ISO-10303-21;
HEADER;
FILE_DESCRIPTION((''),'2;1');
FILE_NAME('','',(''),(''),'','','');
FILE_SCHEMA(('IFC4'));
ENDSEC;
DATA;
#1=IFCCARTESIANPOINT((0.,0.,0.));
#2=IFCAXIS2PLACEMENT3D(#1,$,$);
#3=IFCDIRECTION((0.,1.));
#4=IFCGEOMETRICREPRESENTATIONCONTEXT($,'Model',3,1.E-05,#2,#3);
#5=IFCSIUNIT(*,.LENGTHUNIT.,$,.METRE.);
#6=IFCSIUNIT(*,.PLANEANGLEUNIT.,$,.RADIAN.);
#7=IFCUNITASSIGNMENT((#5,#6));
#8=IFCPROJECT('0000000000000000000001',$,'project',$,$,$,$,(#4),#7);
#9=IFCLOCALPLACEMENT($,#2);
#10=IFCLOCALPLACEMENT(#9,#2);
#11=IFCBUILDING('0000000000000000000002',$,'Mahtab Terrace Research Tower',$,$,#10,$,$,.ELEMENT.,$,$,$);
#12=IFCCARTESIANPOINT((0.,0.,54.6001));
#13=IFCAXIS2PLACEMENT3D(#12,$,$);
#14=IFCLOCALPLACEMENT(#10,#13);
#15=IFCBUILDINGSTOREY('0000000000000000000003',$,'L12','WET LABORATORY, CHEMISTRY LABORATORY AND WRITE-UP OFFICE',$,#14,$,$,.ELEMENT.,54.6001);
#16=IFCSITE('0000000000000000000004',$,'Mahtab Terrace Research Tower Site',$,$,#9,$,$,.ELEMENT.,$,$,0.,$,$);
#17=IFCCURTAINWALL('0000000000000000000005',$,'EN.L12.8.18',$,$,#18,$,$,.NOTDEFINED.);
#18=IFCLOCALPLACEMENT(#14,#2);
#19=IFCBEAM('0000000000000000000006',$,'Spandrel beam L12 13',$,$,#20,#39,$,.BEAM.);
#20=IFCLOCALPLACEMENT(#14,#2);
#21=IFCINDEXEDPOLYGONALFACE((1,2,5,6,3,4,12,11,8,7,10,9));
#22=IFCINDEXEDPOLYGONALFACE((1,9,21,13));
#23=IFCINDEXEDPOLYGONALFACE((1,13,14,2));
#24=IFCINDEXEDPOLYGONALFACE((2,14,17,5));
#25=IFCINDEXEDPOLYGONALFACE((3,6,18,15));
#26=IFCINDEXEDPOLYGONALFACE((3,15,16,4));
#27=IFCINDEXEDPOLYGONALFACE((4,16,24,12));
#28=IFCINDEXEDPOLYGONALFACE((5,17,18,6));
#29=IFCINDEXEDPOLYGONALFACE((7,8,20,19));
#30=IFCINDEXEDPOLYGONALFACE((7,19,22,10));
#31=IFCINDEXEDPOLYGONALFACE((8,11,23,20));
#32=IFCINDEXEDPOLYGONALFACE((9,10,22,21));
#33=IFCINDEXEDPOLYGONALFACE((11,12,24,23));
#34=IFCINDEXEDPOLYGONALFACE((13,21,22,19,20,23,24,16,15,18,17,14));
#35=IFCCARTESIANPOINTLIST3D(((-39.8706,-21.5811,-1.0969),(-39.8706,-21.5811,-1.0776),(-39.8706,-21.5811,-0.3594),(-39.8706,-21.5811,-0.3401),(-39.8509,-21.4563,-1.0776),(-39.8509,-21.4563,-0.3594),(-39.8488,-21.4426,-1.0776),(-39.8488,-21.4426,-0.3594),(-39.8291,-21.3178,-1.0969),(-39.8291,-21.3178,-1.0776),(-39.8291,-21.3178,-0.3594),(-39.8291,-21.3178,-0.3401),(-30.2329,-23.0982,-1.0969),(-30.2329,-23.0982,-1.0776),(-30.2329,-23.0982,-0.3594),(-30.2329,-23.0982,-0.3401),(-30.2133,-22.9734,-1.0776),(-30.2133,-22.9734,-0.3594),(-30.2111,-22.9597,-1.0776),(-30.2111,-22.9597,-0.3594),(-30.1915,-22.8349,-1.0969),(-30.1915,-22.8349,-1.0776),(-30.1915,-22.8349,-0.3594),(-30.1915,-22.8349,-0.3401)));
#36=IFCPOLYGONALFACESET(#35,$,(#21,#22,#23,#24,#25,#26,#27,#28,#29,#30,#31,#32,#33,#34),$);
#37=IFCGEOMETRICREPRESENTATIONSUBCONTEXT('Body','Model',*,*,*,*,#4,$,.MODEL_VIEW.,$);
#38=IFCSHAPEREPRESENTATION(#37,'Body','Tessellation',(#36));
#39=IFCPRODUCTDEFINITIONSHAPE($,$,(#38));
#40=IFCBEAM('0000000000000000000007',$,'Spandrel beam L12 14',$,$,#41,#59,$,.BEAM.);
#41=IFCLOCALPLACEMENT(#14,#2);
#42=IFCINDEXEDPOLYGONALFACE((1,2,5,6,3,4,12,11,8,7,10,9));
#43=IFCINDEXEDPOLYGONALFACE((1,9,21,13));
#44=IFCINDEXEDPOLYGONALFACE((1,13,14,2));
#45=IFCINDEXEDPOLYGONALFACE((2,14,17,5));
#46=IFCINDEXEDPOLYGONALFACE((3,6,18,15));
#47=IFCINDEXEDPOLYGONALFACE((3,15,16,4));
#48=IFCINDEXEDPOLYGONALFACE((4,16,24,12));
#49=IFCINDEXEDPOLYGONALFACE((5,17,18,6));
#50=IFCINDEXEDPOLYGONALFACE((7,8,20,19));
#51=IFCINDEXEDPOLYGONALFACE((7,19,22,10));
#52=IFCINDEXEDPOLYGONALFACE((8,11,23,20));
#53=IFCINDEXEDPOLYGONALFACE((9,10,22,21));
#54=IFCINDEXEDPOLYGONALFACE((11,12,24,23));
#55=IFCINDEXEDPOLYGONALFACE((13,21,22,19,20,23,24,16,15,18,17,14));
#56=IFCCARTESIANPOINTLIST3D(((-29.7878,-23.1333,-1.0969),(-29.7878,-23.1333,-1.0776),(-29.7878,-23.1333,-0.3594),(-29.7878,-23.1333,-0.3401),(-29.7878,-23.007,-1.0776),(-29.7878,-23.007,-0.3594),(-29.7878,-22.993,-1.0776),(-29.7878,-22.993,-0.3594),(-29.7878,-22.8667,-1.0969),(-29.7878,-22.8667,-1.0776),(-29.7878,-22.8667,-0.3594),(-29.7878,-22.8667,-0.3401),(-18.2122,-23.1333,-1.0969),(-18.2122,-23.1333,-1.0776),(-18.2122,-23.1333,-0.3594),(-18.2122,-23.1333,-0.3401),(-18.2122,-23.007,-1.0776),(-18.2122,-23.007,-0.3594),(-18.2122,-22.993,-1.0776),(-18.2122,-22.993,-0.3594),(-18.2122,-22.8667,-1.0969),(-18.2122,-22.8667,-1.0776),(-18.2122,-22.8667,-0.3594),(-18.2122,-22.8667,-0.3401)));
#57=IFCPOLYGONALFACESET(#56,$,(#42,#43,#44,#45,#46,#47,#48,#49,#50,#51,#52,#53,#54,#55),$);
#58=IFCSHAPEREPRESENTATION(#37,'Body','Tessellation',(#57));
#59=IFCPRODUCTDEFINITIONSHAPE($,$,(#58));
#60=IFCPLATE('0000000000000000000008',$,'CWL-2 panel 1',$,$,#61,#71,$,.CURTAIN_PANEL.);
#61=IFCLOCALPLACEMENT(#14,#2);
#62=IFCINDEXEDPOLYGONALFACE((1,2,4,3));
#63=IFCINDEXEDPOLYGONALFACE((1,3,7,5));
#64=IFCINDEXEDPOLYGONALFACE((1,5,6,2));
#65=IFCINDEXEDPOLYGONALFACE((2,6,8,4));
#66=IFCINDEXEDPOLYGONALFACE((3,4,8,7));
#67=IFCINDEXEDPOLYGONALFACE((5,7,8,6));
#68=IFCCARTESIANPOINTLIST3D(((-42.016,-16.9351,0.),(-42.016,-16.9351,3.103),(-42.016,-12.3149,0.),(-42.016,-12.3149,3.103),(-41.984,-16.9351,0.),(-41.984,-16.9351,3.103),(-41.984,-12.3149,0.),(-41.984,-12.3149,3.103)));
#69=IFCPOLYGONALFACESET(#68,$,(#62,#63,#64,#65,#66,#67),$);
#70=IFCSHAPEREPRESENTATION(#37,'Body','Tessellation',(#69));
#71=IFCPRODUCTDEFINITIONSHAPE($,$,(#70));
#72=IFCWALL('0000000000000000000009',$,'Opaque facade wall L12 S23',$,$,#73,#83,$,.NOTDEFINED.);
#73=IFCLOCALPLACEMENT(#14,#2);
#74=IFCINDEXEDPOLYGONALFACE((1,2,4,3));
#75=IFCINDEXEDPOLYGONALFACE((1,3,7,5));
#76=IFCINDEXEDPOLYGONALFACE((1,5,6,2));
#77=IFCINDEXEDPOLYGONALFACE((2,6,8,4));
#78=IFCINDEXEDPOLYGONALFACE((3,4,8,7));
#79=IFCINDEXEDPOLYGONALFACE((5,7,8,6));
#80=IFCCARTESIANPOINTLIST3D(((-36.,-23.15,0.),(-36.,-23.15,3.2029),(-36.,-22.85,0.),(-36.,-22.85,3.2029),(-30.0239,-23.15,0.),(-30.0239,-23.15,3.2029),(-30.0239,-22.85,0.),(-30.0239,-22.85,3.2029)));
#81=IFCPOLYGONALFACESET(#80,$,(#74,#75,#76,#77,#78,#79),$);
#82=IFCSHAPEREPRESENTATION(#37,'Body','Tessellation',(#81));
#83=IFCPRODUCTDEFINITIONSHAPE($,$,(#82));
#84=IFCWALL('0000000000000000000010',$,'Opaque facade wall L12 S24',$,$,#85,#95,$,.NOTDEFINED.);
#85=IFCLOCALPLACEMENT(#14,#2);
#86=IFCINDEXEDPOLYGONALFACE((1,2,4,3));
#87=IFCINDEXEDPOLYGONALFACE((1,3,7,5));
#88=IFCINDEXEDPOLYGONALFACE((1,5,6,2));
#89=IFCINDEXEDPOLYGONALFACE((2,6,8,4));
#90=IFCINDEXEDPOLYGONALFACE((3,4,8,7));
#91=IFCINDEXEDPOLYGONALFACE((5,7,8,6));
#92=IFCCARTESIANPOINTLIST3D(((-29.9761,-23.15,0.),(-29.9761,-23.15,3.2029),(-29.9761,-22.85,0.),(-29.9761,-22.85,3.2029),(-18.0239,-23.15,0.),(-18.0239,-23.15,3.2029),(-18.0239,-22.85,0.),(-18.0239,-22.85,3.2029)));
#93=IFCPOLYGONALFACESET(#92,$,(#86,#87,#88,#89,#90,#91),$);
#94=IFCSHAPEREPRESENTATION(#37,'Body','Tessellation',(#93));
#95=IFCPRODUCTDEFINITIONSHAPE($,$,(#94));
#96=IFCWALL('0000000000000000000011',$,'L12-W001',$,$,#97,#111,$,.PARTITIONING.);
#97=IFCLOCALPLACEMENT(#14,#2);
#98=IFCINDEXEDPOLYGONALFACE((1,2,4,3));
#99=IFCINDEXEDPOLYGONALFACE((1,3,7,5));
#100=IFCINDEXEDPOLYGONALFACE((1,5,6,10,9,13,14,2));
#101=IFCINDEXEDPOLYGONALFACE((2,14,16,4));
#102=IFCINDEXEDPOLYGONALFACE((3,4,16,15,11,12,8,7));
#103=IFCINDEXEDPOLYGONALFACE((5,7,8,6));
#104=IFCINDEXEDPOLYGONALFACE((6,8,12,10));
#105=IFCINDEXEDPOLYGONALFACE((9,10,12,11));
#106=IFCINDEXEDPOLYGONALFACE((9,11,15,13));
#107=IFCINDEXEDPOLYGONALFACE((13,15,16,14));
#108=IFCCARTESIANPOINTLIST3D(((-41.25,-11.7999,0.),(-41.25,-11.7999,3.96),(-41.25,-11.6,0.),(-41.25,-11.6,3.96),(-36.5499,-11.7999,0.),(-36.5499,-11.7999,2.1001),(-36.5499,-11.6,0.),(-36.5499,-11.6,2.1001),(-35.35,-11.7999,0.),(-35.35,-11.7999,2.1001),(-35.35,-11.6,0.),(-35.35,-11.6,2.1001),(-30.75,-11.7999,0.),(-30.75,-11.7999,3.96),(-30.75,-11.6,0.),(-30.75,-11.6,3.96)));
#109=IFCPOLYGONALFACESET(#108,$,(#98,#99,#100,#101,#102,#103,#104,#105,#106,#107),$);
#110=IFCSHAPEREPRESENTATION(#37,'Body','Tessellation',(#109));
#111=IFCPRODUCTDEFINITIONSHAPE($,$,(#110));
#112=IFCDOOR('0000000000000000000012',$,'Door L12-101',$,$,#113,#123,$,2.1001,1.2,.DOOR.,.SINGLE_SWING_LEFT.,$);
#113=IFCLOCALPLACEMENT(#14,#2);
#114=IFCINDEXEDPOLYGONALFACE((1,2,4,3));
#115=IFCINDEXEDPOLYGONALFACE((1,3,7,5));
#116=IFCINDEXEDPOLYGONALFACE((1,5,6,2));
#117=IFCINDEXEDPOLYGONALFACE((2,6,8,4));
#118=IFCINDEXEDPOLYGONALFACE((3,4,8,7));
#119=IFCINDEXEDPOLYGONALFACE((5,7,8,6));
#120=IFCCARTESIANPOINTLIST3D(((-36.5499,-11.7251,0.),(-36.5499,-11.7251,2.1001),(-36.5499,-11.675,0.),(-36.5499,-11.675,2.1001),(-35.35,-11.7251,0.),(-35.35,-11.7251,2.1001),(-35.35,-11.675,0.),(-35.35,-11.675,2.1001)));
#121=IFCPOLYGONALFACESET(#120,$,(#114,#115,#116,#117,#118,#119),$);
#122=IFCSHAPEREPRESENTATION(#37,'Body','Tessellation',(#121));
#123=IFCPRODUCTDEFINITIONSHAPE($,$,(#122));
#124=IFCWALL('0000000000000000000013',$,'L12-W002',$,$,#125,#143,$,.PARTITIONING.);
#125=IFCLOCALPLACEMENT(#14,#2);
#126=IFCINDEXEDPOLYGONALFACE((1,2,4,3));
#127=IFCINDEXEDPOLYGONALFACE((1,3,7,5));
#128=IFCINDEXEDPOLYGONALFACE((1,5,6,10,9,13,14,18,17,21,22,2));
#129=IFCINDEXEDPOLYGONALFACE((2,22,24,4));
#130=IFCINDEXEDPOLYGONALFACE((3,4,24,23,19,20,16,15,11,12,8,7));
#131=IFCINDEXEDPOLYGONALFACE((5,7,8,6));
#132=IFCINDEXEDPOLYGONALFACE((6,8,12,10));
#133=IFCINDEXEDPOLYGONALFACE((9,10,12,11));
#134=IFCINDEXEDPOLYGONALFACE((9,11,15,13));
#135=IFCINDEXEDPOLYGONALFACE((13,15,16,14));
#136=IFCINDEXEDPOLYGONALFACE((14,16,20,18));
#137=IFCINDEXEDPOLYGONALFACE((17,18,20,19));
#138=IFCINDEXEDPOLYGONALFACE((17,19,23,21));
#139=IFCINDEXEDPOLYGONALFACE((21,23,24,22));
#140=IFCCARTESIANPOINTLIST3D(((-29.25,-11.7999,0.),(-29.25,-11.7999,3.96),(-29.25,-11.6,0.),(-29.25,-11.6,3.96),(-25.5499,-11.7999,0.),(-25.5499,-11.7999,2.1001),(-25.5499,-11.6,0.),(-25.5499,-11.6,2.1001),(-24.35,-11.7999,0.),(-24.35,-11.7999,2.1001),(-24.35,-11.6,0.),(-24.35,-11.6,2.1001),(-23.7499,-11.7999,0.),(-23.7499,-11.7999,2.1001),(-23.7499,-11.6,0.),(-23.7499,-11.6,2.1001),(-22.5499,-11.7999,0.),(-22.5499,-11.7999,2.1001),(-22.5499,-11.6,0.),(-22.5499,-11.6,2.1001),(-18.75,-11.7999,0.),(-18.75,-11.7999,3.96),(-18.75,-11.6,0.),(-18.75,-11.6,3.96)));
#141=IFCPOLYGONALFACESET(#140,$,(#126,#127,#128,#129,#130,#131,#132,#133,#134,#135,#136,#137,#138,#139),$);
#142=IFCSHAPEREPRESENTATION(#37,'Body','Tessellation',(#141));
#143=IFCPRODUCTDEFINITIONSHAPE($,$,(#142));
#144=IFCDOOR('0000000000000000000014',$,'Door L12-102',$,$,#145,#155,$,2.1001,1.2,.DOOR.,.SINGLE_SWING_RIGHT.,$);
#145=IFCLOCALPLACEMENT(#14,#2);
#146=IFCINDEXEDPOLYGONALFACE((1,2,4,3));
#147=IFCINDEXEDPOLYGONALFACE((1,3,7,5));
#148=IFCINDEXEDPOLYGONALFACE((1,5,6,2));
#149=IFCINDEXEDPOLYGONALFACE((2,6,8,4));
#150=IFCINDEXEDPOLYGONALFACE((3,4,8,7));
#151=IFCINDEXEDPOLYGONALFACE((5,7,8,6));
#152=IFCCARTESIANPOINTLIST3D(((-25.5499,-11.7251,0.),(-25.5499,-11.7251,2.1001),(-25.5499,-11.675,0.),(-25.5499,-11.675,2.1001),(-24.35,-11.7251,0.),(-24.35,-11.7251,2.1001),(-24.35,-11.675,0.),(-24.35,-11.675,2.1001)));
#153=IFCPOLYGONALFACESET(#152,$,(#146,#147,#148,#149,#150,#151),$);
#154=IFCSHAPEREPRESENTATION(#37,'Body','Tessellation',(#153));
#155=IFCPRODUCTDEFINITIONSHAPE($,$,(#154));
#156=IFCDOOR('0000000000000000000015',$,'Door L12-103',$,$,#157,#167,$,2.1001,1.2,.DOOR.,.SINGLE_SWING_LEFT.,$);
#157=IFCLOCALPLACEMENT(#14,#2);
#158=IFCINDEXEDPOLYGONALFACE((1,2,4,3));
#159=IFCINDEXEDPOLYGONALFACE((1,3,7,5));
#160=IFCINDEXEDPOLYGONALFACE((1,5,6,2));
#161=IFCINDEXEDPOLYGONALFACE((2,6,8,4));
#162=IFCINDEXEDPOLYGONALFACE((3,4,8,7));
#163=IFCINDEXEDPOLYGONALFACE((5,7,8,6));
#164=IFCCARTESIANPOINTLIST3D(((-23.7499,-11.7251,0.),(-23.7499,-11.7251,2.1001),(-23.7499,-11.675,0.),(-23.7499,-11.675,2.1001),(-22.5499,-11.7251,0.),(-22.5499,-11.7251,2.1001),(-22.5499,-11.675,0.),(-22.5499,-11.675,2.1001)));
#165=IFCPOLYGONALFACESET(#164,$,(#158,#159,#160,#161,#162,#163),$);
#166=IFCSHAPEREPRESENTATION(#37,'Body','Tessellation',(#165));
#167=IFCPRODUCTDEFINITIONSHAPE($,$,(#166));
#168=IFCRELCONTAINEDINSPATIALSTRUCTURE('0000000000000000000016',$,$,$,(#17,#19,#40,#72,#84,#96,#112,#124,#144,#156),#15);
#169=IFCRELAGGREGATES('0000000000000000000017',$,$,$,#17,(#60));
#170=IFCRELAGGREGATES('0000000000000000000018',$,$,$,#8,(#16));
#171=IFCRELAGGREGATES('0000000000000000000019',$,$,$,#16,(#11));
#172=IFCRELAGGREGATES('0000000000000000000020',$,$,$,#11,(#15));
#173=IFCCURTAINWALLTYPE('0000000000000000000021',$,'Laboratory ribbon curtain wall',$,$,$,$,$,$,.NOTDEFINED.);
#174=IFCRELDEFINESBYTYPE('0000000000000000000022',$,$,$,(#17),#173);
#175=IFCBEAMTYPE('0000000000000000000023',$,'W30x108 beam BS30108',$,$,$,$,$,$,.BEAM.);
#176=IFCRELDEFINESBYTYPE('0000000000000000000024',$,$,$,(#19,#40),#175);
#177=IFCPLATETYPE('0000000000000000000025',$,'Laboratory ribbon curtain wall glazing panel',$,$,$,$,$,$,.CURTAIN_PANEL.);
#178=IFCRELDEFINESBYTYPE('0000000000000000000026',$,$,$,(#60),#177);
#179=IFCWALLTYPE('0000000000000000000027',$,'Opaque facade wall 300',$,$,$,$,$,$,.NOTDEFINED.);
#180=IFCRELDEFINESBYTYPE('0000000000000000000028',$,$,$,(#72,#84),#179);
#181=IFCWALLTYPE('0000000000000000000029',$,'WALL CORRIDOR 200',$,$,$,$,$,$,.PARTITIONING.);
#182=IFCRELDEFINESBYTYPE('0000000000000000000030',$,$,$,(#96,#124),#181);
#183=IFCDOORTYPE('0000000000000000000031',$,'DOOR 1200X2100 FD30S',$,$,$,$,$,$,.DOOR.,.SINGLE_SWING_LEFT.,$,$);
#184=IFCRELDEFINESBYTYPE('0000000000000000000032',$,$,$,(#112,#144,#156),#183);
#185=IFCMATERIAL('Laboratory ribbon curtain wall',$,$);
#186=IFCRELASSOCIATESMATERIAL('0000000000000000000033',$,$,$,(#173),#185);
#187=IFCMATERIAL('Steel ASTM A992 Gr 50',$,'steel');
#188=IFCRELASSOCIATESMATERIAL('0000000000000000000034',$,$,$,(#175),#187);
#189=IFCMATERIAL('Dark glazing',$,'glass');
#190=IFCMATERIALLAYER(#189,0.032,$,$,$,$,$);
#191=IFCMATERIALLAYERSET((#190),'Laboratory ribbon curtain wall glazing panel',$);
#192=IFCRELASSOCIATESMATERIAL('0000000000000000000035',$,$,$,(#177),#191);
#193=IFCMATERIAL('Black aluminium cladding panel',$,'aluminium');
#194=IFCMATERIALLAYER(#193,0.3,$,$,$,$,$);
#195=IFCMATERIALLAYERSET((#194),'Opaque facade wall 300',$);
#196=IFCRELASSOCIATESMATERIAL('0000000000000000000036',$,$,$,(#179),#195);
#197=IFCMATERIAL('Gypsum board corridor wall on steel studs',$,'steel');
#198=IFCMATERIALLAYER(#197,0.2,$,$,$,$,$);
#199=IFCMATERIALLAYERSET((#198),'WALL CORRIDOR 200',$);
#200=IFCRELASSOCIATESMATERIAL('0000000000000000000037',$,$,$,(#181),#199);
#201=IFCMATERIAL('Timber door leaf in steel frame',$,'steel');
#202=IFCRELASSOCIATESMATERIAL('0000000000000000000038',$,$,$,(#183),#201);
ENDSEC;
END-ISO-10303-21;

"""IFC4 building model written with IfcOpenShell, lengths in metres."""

from ifc_helpers import new_model, si_unit, direction, frame, frame_2d, origin, origin_2d, place, context, subcontext, project, spatial, rectangle, i_section, extrude, material, layer, layer_set, material_profile, profile_set, type_object, element, fill, aggregate, save


model = new_model("IFC4")

# Units and contexts
model_context = context("Model", 3, precision=1e-05, world=origin(), true_north=direction((0.0, 1.0)))
body_context = subcontext(model_context, "Body", "Model", "MODEL_VIEW")
ifc_project = project(units=[si_unit("LENGTHUNIT", "METRE"), si_unit("PLANEANGLEUNIT", "RADIAN")], contexts=[model_context])

# Site, building, storey
site_placement = place(None, origin())
site = spatial("IfcSite", under=ifc_project, at=site_placement, Name="Mahtab Terrace Research Tower Site", CompositionType="ELEMENT", RefElevation=0.0)
building_placement = place(site_placement, origin())
building = spatial("IfcBuilding", under=site, at=building_placement, Name="Mahtab Terrace Research Tower", CompositionType="ELEMENT")
storey_placement = place(building_placement, frame((0.0, 0.0, 54.6001)))
storey = spatial("IfcBuildingStorey", under=building, at=storey_placement, Name="L12", Description="WET LABORATORY, CHEMISTRY LABORATORY AND WRITE-UP OFFICE", CompositionType="ELEMENT", Elevation=54.6001)

# Shared definitions
ifc_material_1 = material(Name="Steel ASTM A992 Gr 50", Category="steel")

# Curtain wall
ifc_material_2 = material(Name="Laboratory ribbon curtain wall")
curtain_wall_type = type_object("IfcCurtainWallType", Name="Laboratory ribbon curtain wall", PredefinedType="NOTDEFINED", material=ifc_material_2)
curtain_wall_placement = place(storey_placement, origin())
curtain_wall = element("IfcCurtainWall", 1, at=curtain_wall_placement, inside=storey, type_object=curtain_wall_type, Name="EN.L12.8.18", PredefinedType="NOTDEFINED")

# Beams
ifc_material_profile_1 = material_profile(ifc_material_1, i_section(OverallWidth=0.2666, OverallDepth=0.7568, WebThickness=0.0139, FlangeThickness=0.0193, at=origin_2d()), Name="W30X108")
ifc_profile_set_1 = profile_set([ifc_material_profile_1], Name="Steel ASTM A992 Gr 50")
beam_type = type_object("IfcBeamType", Name="W30x108 beam BS30108", PredefinedType="BEAM", material=ifc_profile_set_1)
beam_1_placement = place(storey_placement, frame((-39.8499, -21.4495, -0.7185), z_axis=(0.987836, -0.155497, 0.0), x_axis=(0.155497, 0.987836, 0.0)))
element("IfcBeam", 2, at=beam_1_placement, inside=storey, type_object=beam_type, Name="Spandrel beam L12 13", PredefinedType="BEAM", context=body_context, shape_type="SweptSolid", body=[
    extrude(i_section(OverallWidth=0.2666, OverallDepth=0.7568, WebThickness=0.0139, FlangeThickness=0.0193, at=origin_2d()), origin(), (0.0, 0.0, 1.0), 9.7563),
])
beam_2_placement = place(storey_placement, frame((-29.7878, -23.0, -0.7185), z_axis=(1.0, 0.0, 0.0), x_axis=(0.0, 1.0, 0.0)))
element("IfcBeam", 3, at=beam_2_placement, inside=storey, type_object=beam_type, Name="Spandrel beam L12 14", PredefinedType="BEAM", context=body_context, shape_type="SweptSolid", body=[
    extrude(i_section(OverallWidth=0.2666, OverallDepth=0.7568, WebThickness=0.0139, FlangeThickness=0.0193, at=origin_2d()), origin(), (0.0, 0.0, 1.0), 11.5757),
])

# Plate
ifc_material_3 = material(Name="Dark glazing", Category="glass")
ifc_layer_1 = layer(ifc_material_3, 0.032)
ifc_layer_set_1 = layer_set([ifc_layer_1], Name="Laboratory ribbon curtain wall glazing panel")
plate_type = type_object("IfcPlateType", Name="Laboratory ribbon curtain wall glazing panel", PredefinedType="CURTAIN_PANEL", material=ifc_layer_set_1)
plate_placement = place(storey_placement, frame((-42.0, -14.625, 0.0), z_axis=(0.0, 0.0, 1.0), x_axis=(0.0, -1.0, 0.0)))
plate = element("IfcPlate", 4, at=plate_placement, type_object=plate_type, Name="CWL-2 panel 1", PredefinedType="CURTAIN_PANEL", context=body_context, shape_type="SweptSolid", body=[
    extrude(rectangle(XDim=4.6201, YDim=0.032, at=origin_2d()), origin(), (0.0, 0.0, 1.0), 3.103),
])
aggregate(curtain_wall, [plate])

# Walls
ifc_material_4 = material(Name="Black aluminium cladding panel", Category="aluminium")
ifc_layer_2 = layer(ifc_material_4, 0.3)
ifc_layer_set_2 = layer_set([ifc_layer_2], Name="Opaque facade wall 300")
wall_type_1 = type_object("IfcWallType", Name="Opaque facade wall 300", PredefinedType="NOTDEFINED", material=ifc_layer_set_2)
wall_1_placement = place(storey_placement, frame((-36.0, -23.0, 0.0), z_axis=(0.0, 0.0, 1.0), x_axis=(1.0, 0.0, 0.0)))
element("IfcWall", 5, at=wall_1_placement, inside=storey, type_object=wall_type_1, Name="Opaque facade wall L12 S23", PredefinedType="NOTDEFINED", context=body_context, shape_type="SweptSolid", body=[
    extrude(rectangle(XDim=5.9761, YDim=0.3, at=frame_2d((2.988, 0.0))), origin(), (0.0, 0.0, 1.0), 3.2029),
])
wall_2_placement = place(storey_placement, frame((-29.9761, -23.0, 0.0), z_axis=(0.0, 0.0, 1.0), x_axis=(1.0, 0.0, 0.0)))
element("IfcWall", 6, at=wall_2_placement, inside=storey, type_object=wall_type_1, Name="Opaque facade wall L12 S24", PredefinedType="NOTDEFINED", context=body_context, shape_type="SweptSolid", body=[
    extrude(rectangle(XDim=11.9521, YDim=0.3, at=frame_2d((5.9761, 0.0))), origin(), (0.0, 0.0, 1.0), 3.2029),
])

# Wall, opening, door
ifc_material_5 = material(Name="Gypsum board corridor wall on steel studs", Category="steel")
ifc_layer_3 = layer(ifc_material_5, 0.2)
ifc_layer_set_3 = layer_set([ifc_layer_3], Name="WALL CORRIDOR 200")
wall_type_2 = type_object("IfcWallType", Name="WALL CORRIDOR 200", PredefinedType="PARTITIONING", material=ifc_layer_set_3)
wall_3_placement = place(storey_placement, frame((-41.25, -11.7, 0.0), z_axis=(0.0, 0.0, 1.0), x_axis=(1.0, 0.0, 0.0)))
wall_3 = element("IfcWall", 7, at=wall_3_placement, inside=storey, type_object=wall_type_2, Name="L12-W001", PredefinedType="PARTITIONING", context=body_context, shape_type="SweptSolid", body=[
    extrude(rectangle(XDim=10.5, YDim=0.2, at=frame_2d((5.25, 0.0))), origin(), (0.0, 0.0, 1.0), 3.96),
])
opening_1_placement = place(wall_3_placement, frame((4.7, 0.0, 0.0)))
opening_1 = element("IfcOpeningElement", 8, at=opening_1_placement, cuts=wall_3, PredefinedType="OPENING", context=body_context, shape_type="SweptSolid", body=[
    extrude(rectangle(XDim=1.2, YDim=2.1001, at=frame_2d((0.6001, 1.05))), frame((0.0, 0.1099, 0.0), z_axis=(0.0, -1.0, 0.0), x_axis=(1.0, 0.0, 0.0)), (0.0, 0.0, 1.0), 0.22),
])
ifc_material_6 = material(Name="Timber door leaf in steel frame", Category="steel")
door_type = type_object("IfcDoorType", Name="DOOR 1200X2100 FD30S", OperationType="SINGLE_SWING_LEFT", PredefinedType="DOOR", material=ifc_material_6)
door_1_placement = place(opening_1_placement, origin())
door_1 = element("IfcDoor", 9, at=door_1_placement, inside=storey, type_object=door_type, Name="Door L12-101", OperationType="SINGLE_SWING_LEFT", OverallHeight=2.1001, OverallWidth=1.2, PredefinedType="DOOR", context=body_context, shape_type="SweptSolid", body=[
    extrude(rectangle(XDim=1.2, YDim=2.1001, at=frame_2d((0.6001, 1.05))), frame((0.0, 0.0249, 0.0), z_axis=(0.0, -1.0, 0.0), x_axis=(1.0, 0.0, 0.0)), (0.0, 0.0, 1.0), 0.05),
])
fill(opening_1, door_1)

# Wall, openings, doors
wall_4_placement = place(storey_placement, frame((-29.25, -11.7, 0.0), z_axis=(0.0, 0.0, 1.0), x_axis=(1.0, 0.0, 0.0)))
wall_4 = element("IfcWall", 10, at=wall_4_placement, inside=storey, type_object=wall_type_2, Name="L12-W002", PredefinedType="PARTITIONING", context=body_context, shape_type="SweptSolid", body=[
    extrude(rectangle(XDim=10.5, YDim=0.2, at=frame_2d((5.25, 0.0))), origin(), (0.0, 0.0, 1.0), 3.96),
])
opening_2_placement = place(wall_4_placement, frame((3.7, 0.0, 0.0)))
opening_2 = element("IfcOpeningElement", 11, at=opening_2_placement, cuts=wall_4, PredefinedType="OPENING", context=body_context, shape_type="SweptSolid", body=[
    extrude(rectangle(XDim=1.2, YDim=2.1001, at=frame_2d((0.6001, 1.05))), frame((0.0, 0.1099, 0.0), z_axis=(0.0, -1.0, 0.0), x_axis=(1.0, 0.0, 0.0)), (0.0, 0.0, 1.0), 0.22),
])
opening_3_placement = place(wall_4_placement, frame((5.5, 0.0, 0.0)))
opening_3 = element("IfcOpeningElement", 12, at=opening_3_placement, cuts=wall_4, PredefinedType="OPENING", context=body_context, shape_type="SweptSolid", body=[
    extrude(rectangle(XDim=1.2, YDim=2.1001, at=frame_2d((0.6001, 1.05))), frame((0.0, 0.1099, 0.0), z_axis=(0.0, -1.0, 0.0), x_axis=(1.0, 0.0, 0.0)), (0.0, 0.0, 1.0), 0.22),
])
door_2_placement = place(opening_2_placement, origin())
door_2 = element("IfcDoor", 13, at=door_2_placement, inside=storey, type_object=door_type, Name="Door L12-102", OperationType="SINGLE_SWING_RIGHT", OverallHeight=2.1001, OverallWidth=1.2, PredefinedType="DOOR", context=body_context, shape_type="SweptSolid", body=[
    extrude(rectangle(XDim=1.2, YDim=2.1001, at=frame_2d((0.6001, 1.05))), frame((0.0, 0.0249, 0.0), z_axis=(0.0, -1.0, 0.0), x_axis=(1.0, 0.0, 0.0)), (0.0, 0.0, 1.0), 0.05),
])
fill(opening_2, door_2)
door_3_placement = place(opening_3_placement, origin())
door_3 = element("IfcDoor", 14, at=door_3_placement, inside=storey, type_object=door_type, Name="Door L12-103", OperationType="SINGLE_SWING_LEFT", OverallHeight=2.1001, OverallWidth=1.2, PredefinedType="DOOR", context=body_context, shape_type="SweptSolid", body=[
    extrude(rectangle(XDim=1.2, YDim=2.1001, at=frame_2d((0.6001, 1.05))), frame((0.0, 0.0249, 0.0), z_axis=(0.0, -1.0, 0.0), x_axis=(1.0, 0.0, 0.0)), (0.0, 0.0, 1.0), 0.05),
])
fill(opening_3, door_3)

save(model, "model.ifc")
